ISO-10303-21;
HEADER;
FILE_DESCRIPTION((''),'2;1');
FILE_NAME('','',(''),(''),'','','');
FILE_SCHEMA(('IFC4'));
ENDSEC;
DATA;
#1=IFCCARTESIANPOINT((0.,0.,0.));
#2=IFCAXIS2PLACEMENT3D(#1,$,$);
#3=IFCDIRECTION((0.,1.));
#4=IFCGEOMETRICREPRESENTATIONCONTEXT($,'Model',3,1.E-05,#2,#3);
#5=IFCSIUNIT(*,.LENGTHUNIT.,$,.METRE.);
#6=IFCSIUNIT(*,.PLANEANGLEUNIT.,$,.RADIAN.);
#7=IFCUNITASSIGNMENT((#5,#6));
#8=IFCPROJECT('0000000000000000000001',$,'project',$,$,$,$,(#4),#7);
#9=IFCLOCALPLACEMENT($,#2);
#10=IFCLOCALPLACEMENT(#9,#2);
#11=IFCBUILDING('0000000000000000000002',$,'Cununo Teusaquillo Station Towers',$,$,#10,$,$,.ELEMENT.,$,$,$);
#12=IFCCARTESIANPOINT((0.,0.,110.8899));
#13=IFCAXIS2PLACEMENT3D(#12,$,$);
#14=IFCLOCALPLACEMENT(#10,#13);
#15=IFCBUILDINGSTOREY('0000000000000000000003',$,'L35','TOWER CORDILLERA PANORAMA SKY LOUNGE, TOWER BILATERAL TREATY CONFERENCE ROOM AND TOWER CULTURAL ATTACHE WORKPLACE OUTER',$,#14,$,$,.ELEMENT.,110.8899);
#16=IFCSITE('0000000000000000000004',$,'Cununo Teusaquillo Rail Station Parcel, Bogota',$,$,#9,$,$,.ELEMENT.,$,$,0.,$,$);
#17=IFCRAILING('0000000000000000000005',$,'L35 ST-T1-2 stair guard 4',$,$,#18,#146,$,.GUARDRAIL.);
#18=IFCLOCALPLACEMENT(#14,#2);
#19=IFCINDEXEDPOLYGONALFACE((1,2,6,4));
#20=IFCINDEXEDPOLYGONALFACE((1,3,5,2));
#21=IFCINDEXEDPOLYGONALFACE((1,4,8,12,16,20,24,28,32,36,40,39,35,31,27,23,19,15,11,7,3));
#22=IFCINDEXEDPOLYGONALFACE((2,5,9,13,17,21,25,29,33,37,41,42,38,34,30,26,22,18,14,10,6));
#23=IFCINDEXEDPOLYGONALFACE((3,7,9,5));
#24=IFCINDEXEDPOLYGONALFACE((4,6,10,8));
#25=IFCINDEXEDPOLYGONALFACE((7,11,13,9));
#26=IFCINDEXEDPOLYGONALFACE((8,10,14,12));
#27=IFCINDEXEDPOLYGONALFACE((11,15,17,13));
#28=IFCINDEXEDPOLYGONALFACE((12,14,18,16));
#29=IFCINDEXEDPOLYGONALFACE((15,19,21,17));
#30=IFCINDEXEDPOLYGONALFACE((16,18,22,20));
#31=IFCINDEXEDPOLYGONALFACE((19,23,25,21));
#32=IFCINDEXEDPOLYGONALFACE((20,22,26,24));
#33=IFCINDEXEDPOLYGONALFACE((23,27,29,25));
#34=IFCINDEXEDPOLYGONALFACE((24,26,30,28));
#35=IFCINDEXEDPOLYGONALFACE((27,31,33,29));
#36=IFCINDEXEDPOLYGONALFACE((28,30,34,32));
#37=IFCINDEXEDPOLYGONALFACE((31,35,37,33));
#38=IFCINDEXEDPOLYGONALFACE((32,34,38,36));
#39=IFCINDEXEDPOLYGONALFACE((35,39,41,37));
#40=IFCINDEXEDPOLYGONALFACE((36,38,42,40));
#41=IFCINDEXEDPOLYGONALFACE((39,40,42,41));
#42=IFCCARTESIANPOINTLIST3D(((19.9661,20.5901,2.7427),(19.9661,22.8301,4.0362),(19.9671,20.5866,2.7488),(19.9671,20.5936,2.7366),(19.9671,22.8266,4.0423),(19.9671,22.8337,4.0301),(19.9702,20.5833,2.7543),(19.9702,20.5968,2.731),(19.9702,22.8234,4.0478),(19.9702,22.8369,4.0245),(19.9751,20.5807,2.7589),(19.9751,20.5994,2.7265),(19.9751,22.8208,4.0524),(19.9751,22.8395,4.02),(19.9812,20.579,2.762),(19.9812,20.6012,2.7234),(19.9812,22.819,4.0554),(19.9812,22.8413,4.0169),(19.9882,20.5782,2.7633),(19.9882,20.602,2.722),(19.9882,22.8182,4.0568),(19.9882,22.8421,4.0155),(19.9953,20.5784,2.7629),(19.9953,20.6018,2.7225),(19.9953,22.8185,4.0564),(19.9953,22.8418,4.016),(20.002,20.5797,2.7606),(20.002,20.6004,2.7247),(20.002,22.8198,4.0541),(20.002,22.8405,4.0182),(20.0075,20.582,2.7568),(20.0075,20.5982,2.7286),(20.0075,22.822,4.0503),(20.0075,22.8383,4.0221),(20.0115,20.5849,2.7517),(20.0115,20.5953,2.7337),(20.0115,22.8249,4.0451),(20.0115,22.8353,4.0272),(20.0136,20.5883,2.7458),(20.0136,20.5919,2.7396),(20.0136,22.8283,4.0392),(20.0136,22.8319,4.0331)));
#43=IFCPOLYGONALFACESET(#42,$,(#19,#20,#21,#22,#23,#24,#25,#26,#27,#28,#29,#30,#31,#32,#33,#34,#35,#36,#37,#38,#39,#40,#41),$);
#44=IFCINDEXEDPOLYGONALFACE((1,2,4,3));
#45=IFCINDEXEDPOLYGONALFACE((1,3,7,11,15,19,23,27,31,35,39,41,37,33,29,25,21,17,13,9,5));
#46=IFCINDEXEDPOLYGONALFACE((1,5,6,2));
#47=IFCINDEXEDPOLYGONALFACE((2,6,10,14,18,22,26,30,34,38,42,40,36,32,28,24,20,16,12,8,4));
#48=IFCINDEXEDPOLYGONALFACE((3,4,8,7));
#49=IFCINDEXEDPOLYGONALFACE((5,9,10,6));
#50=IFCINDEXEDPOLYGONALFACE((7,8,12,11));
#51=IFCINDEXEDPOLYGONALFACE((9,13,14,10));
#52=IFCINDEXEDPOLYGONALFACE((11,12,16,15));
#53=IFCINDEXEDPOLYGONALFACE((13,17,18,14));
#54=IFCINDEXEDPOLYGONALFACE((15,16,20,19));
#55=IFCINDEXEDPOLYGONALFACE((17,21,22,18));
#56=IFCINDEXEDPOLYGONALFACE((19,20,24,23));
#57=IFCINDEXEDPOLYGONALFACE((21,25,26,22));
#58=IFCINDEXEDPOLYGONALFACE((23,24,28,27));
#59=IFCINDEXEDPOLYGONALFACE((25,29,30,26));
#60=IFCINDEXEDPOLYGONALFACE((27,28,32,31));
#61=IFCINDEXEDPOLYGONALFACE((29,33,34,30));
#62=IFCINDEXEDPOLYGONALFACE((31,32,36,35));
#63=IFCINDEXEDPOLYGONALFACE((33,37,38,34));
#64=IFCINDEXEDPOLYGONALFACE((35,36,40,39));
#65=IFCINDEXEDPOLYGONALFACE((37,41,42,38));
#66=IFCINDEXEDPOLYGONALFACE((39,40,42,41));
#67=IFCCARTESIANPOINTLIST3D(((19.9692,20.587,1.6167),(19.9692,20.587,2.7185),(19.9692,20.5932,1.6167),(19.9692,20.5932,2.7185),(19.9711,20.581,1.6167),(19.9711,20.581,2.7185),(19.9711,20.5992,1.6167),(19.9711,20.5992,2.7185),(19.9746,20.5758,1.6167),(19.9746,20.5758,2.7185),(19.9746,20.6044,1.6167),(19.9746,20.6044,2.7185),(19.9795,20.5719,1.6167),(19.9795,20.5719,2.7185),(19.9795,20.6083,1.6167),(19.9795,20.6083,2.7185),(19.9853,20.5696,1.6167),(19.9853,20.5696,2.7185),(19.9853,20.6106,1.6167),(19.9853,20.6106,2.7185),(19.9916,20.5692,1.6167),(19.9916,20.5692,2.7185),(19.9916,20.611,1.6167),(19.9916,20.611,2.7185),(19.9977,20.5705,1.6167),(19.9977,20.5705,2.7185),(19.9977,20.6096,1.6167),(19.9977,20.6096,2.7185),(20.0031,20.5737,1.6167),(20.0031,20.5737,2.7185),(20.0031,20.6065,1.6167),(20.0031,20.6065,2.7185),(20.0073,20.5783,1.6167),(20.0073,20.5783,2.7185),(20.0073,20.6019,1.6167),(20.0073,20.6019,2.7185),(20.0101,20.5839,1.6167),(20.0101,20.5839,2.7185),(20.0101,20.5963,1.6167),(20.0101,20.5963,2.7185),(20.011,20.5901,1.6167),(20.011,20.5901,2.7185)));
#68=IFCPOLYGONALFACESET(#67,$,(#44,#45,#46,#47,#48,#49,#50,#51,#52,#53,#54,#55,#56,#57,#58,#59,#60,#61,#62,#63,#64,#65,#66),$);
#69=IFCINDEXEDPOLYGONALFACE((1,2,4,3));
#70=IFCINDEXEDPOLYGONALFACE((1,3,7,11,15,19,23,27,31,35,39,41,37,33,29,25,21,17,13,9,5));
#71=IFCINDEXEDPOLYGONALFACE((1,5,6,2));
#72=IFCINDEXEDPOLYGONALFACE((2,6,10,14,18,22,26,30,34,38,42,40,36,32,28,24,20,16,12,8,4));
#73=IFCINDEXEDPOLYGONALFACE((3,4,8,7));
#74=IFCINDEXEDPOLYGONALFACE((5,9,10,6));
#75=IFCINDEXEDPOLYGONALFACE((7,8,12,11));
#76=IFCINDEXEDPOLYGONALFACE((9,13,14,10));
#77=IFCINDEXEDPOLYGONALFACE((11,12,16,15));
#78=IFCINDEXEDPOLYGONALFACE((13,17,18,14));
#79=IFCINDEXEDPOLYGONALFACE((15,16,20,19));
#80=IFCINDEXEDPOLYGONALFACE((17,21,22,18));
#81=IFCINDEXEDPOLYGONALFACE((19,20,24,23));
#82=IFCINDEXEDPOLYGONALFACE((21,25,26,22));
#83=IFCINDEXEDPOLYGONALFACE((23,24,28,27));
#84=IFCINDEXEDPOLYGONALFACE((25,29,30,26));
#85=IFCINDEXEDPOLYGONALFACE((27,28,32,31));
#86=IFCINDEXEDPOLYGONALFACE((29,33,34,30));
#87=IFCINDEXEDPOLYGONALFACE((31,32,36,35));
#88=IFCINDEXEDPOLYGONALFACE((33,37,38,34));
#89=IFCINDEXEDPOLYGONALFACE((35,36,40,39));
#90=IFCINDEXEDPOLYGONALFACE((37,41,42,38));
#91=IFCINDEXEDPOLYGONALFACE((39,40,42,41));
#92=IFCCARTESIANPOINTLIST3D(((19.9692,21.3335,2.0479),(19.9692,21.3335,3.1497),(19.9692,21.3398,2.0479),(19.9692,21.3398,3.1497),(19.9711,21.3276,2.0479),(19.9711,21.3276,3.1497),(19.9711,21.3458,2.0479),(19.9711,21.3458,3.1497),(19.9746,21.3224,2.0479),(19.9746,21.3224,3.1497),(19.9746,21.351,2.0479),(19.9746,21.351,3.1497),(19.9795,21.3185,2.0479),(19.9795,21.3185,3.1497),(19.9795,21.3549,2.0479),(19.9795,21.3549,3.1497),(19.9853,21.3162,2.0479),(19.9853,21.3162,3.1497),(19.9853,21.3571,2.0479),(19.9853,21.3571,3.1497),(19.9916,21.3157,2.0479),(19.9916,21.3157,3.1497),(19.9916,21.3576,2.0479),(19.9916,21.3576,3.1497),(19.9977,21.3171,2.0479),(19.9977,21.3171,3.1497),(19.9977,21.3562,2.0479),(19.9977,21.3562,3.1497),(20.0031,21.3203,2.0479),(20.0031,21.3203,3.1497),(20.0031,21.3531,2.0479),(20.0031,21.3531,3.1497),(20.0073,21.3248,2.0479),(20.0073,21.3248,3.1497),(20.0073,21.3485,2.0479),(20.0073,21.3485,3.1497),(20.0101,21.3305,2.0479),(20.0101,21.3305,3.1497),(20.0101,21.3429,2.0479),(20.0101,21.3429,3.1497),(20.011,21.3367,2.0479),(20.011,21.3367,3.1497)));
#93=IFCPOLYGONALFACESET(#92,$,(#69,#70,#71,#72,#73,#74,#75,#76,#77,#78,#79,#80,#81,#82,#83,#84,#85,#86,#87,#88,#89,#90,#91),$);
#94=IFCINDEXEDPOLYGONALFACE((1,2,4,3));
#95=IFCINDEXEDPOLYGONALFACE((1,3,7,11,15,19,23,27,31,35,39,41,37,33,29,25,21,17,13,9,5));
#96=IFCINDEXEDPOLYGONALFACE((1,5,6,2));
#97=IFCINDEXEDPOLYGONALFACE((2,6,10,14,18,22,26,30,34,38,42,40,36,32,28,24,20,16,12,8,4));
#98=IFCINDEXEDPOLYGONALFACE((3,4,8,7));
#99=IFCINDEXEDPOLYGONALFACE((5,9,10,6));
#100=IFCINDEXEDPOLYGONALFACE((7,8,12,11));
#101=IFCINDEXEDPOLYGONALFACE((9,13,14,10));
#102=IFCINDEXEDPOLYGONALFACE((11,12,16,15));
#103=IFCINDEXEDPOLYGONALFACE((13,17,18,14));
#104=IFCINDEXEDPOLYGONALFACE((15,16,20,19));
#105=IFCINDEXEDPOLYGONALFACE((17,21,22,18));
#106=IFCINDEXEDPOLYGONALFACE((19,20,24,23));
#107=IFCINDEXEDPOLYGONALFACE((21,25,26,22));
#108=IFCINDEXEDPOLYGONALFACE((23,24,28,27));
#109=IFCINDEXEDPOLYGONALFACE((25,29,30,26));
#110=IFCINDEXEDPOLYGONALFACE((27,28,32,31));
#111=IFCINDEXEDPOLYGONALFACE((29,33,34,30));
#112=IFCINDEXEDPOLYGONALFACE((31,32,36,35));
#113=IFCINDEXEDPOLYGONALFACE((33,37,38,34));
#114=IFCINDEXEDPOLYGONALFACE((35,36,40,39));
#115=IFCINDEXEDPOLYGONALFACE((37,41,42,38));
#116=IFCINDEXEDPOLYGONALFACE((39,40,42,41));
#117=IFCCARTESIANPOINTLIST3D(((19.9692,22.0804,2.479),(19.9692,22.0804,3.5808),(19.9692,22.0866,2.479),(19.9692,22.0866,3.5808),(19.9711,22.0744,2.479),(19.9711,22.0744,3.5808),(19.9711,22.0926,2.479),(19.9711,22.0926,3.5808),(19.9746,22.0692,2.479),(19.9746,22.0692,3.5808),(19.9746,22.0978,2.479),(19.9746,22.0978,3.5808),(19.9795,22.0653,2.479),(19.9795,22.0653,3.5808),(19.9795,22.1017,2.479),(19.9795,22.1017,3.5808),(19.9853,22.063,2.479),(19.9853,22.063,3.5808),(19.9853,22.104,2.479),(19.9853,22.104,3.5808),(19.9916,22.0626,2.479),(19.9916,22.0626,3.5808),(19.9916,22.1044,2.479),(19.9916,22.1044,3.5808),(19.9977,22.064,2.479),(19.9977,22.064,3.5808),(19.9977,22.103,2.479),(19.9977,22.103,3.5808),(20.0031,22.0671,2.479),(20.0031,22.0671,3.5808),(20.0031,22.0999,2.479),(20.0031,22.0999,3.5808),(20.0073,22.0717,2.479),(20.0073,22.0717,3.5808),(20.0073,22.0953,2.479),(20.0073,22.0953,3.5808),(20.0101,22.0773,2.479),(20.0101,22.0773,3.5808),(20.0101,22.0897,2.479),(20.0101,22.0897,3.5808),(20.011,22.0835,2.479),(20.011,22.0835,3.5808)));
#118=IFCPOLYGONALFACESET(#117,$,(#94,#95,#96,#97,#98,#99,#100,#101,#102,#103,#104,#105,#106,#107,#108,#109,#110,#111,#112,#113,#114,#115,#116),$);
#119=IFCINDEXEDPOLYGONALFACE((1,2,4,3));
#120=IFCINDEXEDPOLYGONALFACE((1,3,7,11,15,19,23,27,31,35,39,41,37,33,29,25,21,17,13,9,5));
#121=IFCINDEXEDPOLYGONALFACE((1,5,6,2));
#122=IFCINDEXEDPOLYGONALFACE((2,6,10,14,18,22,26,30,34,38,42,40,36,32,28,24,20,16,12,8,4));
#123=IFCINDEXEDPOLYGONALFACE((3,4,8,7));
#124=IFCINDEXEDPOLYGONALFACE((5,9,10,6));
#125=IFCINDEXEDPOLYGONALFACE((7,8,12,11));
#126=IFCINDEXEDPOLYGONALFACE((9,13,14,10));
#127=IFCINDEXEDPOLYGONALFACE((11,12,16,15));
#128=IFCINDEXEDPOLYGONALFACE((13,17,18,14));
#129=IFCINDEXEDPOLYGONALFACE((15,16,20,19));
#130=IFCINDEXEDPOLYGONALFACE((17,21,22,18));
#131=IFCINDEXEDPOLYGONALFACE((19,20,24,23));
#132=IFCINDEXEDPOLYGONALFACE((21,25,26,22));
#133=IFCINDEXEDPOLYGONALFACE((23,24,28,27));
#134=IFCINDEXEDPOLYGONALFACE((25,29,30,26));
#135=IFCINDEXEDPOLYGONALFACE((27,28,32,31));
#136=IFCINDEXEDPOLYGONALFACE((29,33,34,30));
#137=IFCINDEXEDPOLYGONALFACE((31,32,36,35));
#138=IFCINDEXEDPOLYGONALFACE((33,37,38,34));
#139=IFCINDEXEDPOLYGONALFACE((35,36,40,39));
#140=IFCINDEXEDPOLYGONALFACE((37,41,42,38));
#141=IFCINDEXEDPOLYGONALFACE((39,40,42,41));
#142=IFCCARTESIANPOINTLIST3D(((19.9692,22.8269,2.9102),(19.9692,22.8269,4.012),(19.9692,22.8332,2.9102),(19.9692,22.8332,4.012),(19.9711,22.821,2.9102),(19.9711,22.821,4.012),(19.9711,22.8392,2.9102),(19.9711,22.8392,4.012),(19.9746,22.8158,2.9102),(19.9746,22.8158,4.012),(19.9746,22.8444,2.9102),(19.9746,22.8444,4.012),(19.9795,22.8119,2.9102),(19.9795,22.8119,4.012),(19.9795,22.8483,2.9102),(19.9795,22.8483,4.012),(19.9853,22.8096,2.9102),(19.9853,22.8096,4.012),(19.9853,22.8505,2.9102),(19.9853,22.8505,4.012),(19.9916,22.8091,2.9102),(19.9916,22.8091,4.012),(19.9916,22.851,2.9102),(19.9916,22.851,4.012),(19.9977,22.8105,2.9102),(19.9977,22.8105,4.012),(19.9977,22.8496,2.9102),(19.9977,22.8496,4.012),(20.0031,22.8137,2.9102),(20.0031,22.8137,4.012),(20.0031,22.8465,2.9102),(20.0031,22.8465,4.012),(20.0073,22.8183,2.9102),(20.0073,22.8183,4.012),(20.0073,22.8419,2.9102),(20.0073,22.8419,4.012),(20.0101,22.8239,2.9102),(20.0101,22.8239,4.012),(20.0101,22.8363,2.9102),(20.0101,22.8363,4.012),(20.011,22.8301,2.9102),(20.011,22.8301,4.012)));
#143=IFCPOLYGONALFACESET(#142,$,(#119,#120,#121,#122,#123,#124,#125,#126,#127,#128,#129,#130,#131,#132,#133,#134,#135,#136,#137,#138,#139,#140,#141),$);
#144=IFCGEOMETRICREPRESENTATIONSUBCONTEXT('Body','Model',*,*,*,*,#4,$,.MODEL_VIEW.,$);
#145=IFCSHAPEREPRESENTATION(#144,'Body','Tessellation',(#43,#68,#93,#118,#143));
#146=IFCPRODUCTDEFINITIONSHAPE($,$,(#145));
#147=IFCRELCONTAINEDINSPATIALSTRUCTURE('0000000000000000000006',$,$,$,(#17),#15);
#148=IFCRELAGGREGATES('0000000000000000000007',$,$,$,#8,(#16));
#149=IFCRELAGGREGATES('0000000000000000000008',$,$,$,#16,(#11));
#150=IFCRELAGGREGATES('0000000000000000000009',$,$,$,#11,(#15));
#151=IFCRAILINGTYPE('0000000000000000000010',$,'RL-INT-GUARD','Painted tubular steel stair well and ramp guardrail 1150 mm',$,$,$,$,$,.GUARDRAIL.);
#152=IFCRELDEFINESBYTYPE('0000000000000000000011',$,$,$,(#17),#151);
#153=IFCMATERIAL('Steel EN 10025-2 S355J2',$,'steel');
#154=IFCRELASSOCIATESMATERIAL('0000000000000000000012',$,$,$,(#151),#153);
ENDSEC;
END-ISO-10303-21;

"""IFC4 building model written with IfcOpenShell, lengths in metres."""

from ifc_helpers import new_model, si_unit, direction, frame, origin, origin_2d, place, context, subcontext, project, spatial, circle, extrude, material, type_object, element, save


model = new_model("IFC4")

# Units and contexts
model_context = context("Model", 3, precision=1e-05, world=origin(), true_north=direction((0.0, 1.0)))
body_context = subcontext(model_context, "Body", "Model", "MODEL_VIEW")
ifc_project = project(units=[si_unit("LENGTHUNIT", "METRE"), si_unit("PLANEANGLEUNIT", "RADIAN")], contexts=[model_context])

# Site, building, storey
site_placement = place(None, origin())
site = spatial("IfcSite", under=ifc_project, at=site_placement, Name="Cununo Teusaquillo Rail Station Parcel, Bogota", CompositionType="ELEMENT", RefElevation=0.0)
building_placement = place(site_placement, origin())
building = spatial("IfcBuilding", under=site, at=building_placement, Name="Cununo Teusaquillo Station Towers", CompositionType="ELEMENT")
storey_placement = place(building_placement, frame((0.0, 0.0, 110.8899)))
storey = spatial("IfcBuildingStorey", under=building, at=storey_placement, Name="L35", Description="TOWER CORDILLERA PANORAMA SKY LOUNGE, TOWER BILATERAL TREATY CONFERENCE ROOM AND TOWER CULTURAL ATTACHE WORKPLACE OUTER", CompositionType="ELEMENT", Elevation=110.8899)

# Railing
ifc_material_1 = material(Name="Steel EN 10025-2 S355J2", Category="steel")
railing_type_1 = type_object("IfcRailingType", Name="RL-INT-GUARD", Description="Painted tubular steel stair well and ramp guardrail 1150 mm", PredefinedType="GUARDRAIL", material=ifc_material_1)
railing_1_placement = place(storey_placement, frame((19.99, 20.5901, 1.6167)))
element("IfcRailing", 1, at=railing_1_placement, inside=storey, type_object=railing_type_1, Name="L35 ST-T1-2 stair guard 4", PredefinedType="GUARDRAIL", context=body_context, shape_type="SweptSolid", body=[
    extrude(circle(Radius=0.0239, at=origin_2d()), frame((0.0, 0.0, 1.126), z_axis=(0.0, 0.865992, 0.500057), x_axis=(-1.0, 0.0, 0.0)), (0.0, 0.0, 1.0), 2.5867),
    extrude(circle(Radius=0.021, at=origin_2d()), origin(), (0.0, 0.0, 1.0), 1.1018),
    extrude(circle(Radius=0.021, at=origin_2d()), frame((0.0, 0.7466, 0.4312)), (0.0, 0.0, 1.0), 1.1018),
    extrude(circle(Radius=0.021, at=origin_2d()), frame((0.0, 1.4934, 0.8623)), (0.0, 0.0, 1.0), 1.1018),
    extrude(circle(Radius=0.021, at=origin_2d()), frame((0.0, 2.24, 1.2935)), (0.0, 0.0, 1.0), 1.1018),
])

save(model, "model.ifc")
